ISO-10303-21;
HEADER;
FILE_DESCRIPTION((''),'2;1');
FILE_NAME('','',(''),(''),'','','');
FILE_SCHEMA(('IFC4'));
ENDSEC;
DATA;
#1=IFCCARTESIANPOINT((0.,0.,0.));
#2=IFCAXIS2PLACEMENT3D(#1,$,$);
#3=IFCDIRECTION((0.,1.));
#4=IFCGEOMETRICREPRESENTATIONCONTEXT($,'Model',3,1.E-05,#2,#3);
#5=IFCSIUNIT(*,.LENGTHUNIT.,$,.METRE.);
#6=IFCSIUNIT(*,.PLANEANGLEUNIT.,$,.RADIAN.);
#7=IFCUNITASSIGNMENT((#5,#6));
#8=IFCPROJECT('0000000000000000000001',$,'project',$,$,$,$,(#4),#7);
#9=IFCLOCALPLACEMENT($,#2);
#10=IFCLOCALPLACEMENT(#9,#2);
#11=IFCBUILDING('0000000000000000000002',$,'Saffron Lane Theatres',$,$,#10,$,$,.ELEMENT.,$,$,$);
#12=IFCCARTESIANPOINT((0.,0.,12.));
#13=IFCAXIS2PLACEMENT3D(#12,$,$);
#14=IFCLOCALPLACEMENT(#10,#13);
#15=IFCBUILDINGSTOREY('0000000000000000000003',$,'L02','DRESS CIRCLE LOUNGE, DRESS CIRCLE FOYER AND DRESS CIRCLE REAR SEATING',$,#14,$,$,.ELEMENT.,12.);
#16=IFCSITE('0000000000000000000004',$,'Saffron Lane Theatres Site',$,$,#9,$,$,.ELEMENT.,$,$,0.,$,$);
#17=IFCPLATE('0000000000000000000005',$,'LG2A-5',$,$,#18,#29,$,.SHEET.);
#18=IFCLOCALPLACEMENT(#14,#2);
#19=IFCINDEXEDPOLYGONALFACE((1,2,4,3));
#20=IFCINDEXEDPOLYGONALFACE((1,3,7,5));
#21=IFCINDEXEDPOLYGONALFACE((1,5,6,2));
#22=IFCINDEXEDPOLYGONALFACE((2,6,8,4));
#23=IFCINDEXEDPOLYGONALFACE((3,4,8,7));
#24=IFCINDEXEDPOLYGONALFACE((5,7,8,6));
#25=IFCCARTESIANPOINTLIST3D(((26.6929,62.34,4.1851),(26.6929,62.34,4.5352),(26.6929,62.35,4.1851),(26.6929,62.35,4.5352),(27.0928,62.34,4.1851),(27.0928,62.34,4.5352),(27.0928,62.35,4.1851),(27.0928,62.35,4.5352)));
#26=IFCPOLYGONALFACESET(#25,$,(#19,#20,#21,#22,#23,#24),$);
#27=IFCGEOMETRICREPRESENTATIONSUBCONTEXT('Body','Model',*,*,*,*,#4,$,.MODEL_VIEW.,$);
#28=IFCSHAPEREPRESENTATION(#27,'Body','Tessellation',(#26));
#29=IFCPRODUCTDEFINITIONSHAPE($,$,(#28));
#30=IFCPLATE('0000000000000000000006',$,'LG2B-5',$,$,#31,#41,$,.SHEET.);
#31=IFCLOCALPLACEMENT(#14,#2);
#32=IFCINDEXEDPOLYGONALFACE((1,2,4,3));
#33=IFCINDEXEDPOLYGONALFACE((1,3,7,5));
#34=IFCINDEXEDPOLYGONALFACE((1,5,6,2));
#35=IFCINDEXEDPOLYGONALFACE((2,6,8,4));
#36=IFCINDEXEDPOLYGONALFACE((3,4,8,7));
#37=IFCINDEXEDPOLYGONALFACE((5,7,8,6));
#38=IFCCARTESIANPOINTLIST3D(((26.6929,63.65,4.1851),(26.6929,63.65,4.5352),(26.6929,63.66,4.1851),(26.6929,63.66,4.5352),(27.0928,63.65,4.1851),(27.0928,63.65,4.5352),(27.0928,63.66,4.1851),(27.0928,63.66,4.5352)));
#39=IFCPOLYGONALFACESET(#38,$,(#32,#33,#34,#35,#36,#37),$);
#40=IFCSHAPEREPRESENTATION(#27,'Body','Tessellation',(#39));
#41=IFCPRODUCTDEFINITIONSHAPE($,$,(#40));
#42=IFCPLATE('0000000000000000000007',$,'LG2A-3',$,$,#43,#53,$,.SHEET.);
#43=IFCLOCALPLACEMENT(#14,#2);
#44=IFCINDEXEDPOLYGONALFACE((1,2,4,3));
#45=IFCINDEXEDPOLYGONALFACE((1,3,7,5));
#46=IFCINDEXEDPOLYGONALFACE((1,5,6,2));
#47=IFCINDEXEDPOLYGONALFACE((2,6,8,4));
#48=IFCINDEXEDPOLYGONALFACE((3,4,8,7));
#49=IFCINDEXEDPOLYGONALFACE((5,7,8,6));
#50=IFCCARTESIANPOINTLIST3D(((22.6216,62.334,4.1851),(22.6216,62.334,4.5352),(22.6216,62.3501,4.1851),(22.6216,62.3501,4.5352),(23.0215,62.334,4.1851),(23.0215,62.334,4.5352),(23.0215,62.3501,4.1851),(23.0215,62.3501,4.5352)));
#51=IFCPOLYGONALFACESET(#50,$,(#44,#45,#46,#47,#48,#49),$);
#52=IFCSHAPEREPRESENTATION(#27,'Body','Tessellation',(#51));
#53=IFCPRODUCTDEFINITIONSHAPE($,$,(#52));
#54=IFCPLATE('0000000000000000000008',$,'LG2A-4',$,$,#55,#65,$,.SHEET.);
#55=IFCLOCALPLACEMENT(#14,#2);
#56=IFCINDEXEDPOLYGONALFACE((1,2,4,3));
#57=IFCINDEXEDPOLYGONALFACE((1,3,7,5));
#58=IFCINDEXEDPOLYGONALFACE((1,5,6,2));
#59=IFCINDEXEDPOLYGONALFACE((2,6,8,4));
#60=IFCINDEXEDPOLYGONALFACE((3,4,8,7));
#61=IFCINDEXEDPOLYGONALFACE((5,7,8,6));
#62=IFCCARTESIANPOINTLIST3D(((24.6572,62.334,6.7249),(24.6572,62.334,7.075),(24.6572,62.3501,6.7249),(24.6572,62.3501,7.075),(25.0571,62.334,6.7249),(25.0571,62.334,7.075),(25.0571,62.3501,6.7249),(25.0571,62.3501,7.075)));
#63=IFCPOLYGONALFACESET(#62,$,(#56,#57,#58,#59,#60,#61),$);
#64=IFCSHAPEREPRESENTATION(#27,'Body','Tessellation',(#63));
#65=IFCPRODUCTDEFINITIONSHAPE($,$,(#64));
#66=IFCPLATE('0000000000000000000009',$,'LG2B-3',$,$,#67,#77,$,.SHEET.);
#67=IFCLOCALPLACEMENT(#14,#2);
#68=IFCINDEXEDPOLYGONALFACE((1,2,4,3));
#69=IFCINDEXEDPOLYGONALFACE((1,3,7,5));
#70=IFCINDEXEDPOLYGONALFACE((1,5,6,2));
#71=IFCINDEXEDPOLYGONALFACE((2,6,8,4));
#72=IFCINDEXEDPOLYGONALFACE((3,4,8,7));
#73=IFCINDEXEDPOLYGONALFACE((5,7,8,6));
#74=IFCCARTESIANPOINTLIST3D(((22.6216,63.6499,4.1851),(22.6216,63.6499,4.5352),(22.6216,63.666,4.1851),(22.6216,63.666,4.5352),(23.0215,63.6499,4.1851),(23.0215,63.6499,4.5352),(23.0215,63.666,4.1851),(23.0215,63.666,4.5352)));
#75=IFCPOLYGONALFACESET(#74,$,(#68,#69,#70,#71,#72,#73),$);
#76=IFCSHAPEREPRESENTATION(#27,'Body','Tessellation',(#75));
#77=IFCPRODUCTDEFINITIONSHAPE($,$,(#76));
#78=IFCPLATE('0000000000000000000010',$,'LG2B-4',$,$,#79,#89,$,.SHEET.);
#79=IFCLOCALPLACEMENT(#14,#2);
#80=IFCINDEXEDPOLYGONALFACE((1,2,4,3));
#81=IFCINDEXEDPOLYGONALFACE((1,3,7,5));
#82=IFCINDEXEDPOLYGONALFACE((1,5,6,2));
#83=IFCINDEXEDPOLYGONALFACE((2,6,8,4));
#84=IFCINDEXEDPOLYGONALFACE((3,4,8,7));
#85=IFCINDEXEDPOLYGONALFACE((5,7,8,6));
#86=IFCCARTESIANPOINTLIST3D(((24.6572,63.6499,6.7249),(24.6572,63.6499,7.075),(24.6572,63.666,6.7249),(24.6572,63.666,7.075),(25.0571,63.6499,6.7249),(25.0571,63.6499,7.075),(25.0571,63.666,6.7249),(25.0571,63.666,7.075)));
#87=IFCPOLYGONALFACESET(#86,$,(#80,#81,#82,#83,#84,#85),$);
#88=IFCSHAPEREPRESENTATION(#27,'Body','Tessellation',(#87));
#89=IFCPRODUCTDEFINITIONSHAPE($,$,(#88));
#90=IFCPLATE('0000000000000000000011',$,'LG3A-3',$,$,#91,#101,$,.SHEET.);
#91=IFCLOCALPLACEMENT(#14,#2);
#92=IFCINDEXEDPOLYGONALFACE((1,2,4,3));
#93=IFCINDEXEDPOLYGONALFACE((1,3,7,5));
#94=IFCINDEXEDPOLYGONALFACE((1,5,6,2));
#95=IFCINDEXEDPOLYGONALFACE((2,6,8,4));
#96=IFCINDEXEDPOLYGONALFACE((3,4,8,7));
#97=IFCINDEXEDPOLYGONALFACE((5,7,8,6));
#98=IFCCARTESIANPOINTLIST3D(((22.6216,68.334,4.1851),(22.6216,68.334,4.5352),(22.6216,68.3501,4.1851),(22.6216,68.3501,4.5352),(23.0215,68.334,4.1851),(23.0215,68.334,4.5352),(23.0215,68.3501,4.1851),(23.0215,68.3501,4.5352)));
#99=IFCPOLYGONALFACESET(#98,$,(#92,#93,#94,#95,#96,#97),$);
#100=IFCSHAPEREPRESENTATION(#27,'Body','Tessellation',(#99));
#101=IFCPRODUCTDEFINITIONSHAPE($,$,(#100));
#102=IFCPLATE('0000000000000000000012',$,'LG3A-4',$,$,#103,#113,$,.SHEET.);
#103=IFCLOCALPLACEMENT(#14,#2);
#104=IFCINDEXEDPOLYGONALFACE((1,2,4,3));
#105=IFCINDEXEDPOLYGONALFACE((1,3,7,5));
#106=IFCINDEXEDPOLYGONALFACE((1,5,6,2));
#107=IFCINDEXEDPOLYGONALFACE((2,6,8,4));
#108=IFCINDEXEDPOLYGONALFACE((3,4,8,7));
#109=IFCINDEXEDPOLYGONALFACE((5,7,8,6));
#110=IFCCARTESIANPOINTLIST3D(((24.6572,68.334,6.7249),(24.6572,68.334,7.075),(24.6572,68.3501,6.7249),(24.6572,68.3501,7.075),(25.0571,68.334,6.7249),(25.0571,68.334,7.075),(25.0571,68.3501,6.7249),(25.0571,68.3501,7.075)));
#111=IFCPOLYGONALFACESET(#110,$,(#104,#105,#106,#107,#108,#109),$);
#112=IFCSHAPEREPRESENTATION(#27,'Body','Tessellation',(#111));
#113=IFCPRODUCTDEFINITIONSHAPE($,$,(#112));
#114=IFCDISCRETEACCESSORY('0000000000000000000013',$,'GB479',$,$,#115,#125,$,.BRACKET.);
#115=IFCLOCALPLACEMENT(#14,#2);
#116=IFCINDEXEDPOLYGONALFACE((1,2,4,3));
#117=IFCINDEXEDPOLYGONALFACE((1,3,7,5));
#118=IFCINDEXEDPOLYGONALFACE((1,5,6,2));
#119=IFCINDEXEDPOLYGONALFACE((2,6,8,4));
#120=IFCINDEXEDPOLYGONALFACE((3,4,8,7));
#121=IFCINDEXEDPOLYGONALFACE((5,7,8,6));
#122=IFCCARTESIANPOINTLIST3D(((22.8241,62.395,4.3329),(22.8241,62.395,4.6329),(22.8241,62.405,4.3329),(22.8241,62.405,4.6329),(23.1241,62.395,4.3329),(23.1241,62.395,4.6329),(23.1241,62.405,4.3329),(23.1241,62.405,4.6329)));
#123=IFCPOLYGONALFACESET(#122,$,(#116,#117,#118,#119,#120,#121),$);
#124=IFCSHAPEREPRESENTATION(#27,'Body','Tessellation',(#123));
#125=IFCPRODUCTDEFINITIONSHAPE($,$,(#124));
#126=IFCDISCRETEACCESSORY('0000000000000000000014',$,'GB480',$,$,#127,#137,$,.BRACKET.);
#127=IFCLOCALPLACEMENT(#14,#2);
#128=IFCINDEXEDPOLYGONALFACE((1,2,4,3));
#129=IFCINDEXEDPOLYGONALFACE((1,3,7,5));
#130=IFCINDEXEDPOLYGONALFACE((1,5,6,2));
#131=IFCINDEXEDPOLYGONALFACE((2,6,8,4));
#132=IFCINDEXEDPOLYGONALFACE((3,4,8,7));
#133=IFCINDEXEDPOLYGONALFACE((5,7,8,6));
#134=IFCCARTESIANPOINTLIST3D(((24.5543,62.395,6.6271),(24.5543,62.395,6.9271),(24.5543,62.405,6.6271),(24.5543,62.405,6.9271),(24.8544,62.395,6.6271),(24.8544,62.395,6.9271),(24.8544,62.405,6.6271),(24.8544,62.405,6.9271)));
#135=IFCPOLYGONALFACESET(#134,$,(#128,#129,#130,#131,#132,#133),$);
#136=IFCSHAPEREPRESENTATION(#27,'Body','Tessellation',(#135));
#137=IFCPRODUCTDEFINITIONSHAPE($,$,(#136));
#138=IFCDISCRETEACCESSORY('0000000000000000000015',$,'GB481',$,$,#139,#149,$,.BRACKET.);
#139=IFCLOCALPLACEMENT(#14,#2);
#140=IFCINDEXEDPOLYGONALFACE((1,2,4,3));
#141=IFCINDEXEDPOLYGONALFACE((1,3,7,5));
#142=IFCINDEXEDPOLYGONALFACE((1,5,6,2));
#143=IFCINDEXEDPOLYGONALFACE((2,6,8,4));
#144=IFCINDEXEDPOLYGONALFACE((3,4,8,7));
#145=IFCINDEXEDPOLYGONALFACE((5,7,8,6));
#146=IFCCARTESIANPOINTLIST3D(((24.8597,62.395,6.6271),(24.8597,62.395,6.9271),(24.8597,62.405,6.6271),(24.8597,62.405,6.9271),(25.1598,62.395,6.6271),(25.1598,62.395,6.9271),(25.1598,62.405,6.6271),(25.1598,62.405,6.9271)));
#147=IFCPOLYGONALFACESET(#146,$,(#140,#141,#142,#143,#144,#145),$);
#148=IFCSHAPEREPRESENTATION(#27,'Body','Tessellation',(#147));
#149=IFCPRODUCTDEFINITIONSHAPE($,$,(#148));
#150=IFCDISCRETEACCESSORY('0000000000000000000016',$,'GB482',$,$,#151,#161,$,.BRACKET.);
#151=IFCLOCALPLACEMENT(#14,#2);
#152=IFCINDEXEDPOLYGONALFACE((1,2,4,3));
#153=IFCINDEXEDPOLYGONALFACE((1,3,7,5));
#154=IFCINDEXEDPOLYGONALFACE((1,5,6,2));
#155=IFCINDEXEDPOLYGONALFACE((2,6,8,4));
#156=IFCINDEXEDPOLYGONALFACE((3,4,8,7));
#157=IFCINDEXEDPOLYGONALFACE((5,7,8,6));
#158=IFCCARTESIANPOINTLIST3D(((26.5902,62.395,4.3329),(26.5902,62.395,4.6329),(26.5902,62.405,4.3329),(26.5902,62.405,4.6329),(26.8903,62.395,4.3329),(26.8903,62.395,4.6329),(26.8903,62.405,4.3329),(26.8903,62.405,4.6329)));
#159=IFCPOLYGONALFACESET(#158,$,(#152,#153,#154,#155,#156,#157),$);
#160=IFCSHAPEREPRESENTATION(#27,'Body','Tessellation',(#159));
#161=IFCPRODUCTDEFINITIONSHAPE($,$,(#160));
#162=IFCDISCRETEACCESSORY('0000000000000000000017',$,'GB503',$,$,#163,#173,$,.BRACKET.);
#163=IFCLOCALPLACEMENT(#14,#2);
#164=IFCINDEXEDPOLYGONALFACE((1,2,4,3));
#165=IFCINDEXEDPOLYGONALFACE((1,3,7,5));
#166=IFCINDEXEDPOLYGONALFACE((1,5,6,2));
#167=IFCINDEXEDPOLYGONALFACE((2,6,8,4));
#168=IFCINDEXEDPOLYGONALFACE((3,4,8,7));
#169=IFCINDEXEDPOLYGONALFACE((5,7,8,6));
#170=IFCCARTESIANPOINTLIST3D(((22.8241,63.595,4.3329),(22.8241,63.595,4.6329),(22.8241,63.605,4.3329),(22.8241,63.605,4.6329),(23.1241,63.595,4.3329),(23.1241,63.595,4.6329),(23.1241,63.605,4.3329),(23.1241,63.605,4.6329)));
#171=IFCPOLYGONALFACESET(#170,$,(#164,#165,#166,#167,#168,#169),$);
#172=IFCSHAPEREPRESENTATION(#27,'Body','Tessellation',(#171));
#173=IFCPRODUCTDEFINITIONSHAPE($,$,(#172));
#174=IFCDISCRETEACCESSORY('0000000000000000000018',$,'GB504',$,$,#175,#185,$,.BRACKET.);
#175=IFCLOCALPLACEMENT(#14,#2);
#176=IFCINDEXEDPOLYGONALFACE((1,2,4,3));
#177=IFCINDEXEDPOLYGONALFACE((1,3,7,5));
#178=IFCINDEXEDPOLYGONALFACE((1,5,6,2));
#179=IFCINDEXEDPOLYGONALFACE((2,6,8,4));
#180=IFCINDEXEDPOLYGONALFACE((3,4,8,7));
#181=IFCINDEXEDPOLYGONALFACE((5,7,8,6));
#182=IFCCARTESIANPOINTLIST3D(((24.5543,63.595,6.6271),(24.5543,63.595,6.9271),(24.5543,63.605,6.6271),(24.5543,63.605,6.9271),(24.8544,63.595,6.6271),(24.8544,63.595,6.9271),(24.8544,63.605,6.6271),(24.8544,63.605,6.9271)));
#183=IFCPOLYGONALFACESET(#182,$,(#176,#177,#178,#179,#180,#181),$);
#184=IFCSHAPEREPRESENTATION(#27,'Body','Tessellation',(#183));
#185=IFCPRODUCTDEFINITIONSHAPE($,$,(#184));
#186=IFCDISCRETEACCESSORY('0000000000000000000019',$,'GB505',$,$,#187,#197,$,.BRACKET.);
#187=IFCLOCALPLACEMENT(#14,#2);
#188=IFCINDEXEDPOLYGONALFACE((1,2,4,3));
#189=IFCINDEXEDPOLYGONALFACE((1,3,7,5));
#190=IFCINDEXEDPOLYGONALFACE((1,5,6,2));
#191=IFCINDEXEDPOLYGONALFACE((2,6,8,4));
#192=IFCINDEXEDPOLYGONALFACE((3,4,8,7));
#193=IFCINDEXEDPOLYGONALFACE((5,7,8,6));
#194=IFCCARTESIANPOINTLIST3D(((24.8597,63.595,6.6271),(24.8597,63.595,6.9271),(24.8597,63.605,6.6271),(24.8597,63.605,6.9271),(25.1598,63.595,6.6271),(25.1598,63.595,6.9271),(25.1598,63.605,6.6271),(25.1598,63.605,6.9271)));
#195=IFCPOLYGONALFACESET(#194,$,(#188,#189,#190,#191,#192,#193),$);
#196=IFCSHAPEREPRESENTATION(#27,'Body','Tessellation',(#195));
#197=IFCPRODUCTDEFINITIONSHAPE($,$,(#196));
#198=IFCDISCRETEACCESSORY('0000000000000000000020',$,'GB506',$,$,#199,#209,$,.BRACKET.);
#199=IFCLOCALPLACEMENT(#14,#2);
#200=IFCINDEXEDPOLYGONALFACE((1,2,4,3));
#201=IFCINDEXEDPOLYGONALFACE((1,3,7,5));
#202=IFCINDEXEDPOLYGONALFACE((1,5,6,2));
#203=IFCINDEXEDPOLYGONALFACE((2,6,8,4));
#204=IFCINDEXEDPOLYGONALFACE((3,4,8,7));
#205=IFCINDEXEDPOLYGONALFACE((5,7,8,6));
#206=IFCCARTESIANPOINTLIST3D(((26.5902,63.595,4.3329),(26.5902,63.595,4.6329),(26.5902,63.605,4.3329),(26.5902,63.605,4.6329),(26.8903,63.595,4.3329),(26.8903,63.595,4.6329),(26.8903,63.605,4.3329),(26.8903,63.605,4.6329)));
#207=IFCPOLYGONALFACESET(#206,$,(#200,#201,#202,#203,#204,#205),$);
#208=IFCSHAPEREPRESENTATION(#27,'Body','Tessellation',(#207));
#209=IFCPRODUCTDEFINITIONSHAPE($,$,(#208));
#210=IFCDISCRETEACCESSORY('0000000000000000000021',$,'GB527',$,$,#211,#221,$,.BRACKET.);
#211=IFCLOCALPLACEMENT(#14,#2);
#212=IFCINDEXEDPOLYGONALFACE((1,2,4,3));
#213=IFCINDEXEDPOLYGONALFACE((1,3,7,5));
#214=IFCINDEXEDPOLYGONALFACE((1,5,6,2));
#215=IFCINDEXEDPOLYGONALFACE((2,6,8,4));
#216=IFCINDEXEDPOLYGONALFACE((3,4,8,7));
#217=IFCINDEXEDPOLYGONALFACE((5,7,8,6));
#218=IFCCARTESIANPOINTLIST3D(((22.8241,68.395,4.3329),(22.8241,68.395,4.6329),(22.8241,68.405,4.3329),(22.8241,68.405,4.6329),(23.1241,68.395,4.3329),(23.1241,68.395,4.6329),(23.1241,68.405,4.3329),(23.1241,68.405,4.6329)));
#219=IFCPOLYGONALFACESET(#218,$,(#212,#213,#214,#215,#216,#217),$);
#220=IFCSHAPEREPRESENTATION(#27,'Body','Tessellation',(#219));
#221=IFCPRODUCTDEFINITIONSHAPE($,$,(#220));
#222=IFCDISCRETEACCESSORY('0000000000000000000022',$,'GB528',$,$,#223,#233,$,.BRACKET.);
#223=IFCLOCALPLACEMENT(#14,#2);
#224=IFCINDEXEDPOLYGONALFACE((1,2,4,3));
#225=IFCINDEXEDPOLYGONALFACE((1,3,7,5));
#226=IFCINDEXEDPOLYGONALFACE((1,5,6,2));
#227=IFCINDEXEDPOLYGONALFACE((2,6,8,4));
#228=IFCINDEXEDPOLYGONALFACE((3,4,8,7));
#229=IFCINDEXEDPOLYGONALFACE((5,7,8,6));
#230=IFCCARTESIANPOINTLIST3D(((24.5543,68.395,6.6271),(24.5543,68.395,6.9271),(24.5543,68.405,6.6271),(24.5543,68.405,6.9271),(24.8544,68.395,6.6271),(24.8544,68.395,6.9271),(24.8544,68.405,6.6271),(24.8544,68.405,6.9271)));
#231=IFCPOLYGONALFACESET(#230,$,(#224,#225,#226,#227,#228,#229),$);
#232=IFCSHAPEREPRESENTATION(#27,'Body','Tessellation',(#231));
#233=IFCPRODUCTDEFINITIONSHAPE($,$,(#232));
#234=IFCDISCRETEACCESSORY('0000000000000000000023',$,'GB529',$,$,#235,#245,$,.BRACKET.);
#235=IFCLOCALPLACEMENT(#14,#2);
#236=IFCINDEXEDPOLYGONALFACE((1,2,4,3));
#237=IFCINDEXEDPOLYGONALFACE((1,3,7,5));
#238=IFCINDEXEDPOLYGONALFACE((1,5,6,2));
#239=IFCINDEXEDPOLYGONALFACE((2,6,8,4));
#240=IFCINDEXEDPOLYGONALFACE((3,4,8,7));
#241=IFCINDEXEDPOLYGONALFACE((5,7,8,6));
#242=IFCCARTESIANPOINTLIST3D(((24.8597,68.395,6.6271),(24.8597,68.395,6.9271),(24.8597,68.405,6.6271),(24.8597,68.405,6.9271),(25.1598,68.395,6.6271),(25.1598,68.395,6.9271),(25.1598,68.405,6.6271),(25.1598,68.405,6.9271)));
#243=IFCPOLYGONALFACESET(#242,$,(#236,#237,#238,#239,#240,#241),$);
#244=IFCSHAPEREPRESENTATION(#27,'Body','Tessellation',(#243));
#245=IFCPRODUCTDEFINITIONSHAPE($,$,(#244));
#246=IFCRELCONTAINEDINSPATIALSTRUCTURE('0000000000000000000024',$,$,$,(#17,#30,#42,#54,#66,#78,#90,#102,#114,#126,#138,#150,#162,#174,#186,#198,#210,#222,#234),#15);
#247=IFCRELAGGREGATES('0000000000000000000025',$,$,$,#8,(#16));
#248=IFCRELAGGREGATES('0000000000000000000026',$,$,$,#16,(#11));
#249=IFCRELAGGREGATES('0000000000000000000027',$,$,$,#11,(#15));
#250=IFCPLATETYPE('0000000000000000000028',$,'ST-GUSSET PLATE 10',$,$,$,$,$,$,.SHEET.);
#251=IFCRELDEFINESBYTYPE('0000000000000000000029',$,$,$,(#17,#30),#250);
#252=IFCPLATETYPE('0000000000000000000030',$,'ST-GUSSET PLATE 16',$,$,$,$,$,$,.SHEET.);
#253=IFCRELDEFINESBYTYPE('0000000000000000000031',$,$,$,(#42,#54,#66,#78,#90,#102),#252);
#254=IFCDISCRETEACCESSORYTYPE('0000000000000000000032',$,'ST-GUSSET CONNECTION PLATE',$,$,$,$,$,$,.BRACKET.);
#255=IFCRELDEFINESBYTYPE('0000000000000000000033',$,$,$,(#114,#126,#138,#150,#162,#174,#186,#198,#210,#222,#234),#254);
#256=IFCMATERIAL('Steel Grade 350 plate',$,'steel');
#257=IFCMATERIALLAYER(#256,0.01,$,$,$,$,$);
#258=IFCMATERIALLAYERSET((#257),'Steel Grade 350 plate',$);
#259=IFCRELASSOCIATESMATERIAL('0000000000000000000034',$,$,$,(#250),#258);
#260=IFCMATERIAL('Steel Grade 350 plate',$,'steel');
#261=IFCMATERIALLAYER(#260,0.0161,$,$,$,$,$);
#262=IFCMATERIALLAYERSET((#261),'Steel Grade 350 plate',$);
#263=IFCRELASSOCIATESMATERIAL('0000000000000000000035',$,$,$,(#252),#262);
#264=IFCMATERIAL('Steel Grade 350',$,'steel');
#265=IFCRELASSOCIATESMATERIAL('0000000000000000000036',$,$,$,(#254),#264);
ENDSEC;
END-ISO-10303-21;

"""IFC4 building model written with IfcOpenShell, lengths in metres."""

from ifc_helpers import new_model, si_unit, direction, frame, origin, origin_2d, place, context, subcontext, project, spatial, rectangle, extrude, material, layer, layer_set, material_profile, profile_set, type_object, element, save


model = new_model("IFC4")

# Units and contexts
model_context = context("Model", 3, precision=1e-05, world=origin(), true_north=direction((0.0, 1.0)))
body_context = subcontext(model_context, "Body", "Model", "MODEL_VIEW")
ifc_project = project(units=[si_unit("LENGTHUNIT", "METRE"), si_unit("PLANEANGLEUNIT", "RADIAN")], contexts=[model_context])

# Site, building, storey
site_placement = place(None, origin())
site = spatial("IfcSite", under=ifc_project, at=site_placement, Name="Saffron Lane Theatres Site", CompositionType="ELEMENT", RefElevation=0.0)
building_placement = place(site_placement, origin())
building = spatial("IfcBuilding", under=site, at=building_placement, Name="Saffron Lane Theatres", CompositionType="ELEMENT")
storey_placement = place(building_placement, frame((0.0, 0.0, 12.0)))
storey = spatial("IfcBuildingStorey", under=building, at=storey_placement, Name="L02", Description="DRESS CIRCLE LOUNGE, DRESS CIRCLE FOYER AND DRESS CIRCLE REAR SEATING", CompositionType="ELEMENT", Elevation=12.0)

# Plates
ifc_material_1 = material(Name="Steel Grade 350 plate", Category="steel")
ifc_layer_1 = layer(ifc_material_1, 0.01)
ifc_layer_set_1 = layer_set([ifc_layer_1], Name="Steel Grade 350 plate")
plate_type_1 = type_object("IfcPlateType", Name="ST-GUSSET PLATE 10", PredefinedType="SHEET", material=ifc_layer_set_1)
for number, where, z_axis, x_axis, name in (
    (1, (26.8928, 62.345, 4.1851), (0.0, 0.0, 1.0), (1.0, 0.0, 0.0), "LG2A-5"),
    (2, (26.8928, 63.655, 4.1851), (0.0, 0.0, 1.0), (1.0, 0.0, 0.0), "LG2B-5"),
):
    element("IfcPlate", number, at=place(storey_placement, frame(where, z_axis=z_axis, x_axis=x_axis)), inside=storey, type_object=plate_type_1, Name=name, PredefinedType="SHEET", context=body_context, shape_type="SweptSolid", body=[
        extrude(rectangle(XDim=0.3999, YDim=0.01, at=origin_2d()), origin(), (0.0, 0.0, 1.0), 0.3501),
    ])
ifc_material_2 = material(Name="Steel Grade 350 plate", Category="steel")
ifc_layer_2 = layer(ifc_material_2, 0.0161)
ifc_layer_set_2 = layer_set([ifc_layer_2], Name="Steel Grade 350 plate")
plate_type_2 = type_object("IfcPlateType", Name="ST-GUSSET PLATE 16", PredefinedType="SHEET", material=ifc_layer_set_2)
for number, where, z_axis, x_axis, name in (
    (3, (22.8215, 62.342, 4.1851), (0.0, 0.0, 1.0), (1.0, 0.0, 0.0), "LG2A-3"),
    (4, (24.8572, 62.342, 6.7249), (0.0, 0.0, 1.0), (1.0, 0.0, 0.0), "LG2A-4"),
    (5, (22.8215, 63.658, 4.1851), (0.0, 0.0, 1.0), (1.0, 0.0, 0.0), "LG2B-3"),
    (6, (24.8572, 63.658, 6.7249), (0.0, 0.0, 1.0), (1.0, 0.0, 0.0), "LG2B-4"),
    (7, (22.8215, 68.342, 4.1851), (0.0, 0.0, 1.0), (1.0, 0.0, 0.0), "LG3A-3"),
    (8, (24.8572, 68.342, 6.7249), (0.0, 0.0, 1.0), (1.0, 0.0, 0.0), "LG3A-4"),
):
    element("IfcPlate", number, at=place(storey_placement, frame(where, z_axis=z_axis, x_axis=x_axis)), inside=storey, type_object=plate_type_2, Name=name, PredefinedType="SHEET", context=body_context, shape_type="SweptSolid", body=[
        extrude(rectangle(XDim=0.3999, YDim=0.0161, at=origin_2d()), origin(), (0.0, 0.0, 1.0), 0.3501),
    ])

# Discrete accessories
ifc_material_3 = material(Name="Steel Grade 350", Category="steel")
ifc_material_profile_1 = material_profile(ifc_material_3, rectangle(XDim=0.3, YDim=0.3, at=origin_2d()))
ifc_profile_set_1 = profile_set([ifc_material_profile_1], Name="Steel Grade 350")
discrete_accessory_type = type_object("IfcDiscreteAccessoryType", Name="ST-GUSSET CONNECTION PLATE", PredefinedType="BRACKET", material=ifc_profile_set_1)
for number, where, z_axis, x_axis, name in (
    (9, (22.9741, 62.395, 4.4829), (0.0, 1.0, 0.0), (-1.0, 0.0, 0.0), "GB479"),
    (10, (24.7043, 62.395, 6.7771), (0.0, 1.0, 0.0), (-1.0, 0.0, 0.0), "GB480"),
    (11, (25.0098, 62.395, 6.7771), (0.0, 1.0, 0.0), (-1.0, 0.0, 0.0), "GB481"),
    (12, (26.7402, 62.395, 4.4829), (0.0, 1.0, 0.0), (-1.0, 0.0, 0.0), "GB482"),
    (13, (22.9741, 63.595, 4.4829), (0.0, 1.0, 0.0), (-1.0, 0.0, 0.0), "GB503"),
    (14, (24.7043, 63.595, 6.7771), (0.0, 1.0, 0.0), (-1.0, 0.0, 0.0), "GB504"),
    (15, (25.0098, 63.595, 6.7771), (0.0, 1.0, 0.0), (-1.0, 0.0, 0.0), "GB505"),
    (16, (26.7402, 63.595, 4.4829), (0.0, 1.0, 0.0), (-1.0, 0.0, 0.0), "GB506"),
    (17, (22.9741, 68.395, 4.4829), (0.0, 1.0, 0.0), (-1.0, 0.0, 0.0), "GB527"),
    (18, (24.7043, 68.395, 6.7771), (0.0, 1.0, 0.0), (-1.0, 0.0, 0.0), "GB528"),
    (19, (25.0098, 68.395, 6.7771), (0.0, 1.0, 0.0), (-1.0, 0.0, 0.0), "GB529"),
):
    element("IfcDiscreteAccessory", number, at=place(storey_placement, frame(where, z_axis=z_axis, x_axis=x_axis)), inside=storey, type_object=discrete_accessory_type, Name=name, PredefinedType="BRACKET", context=body_context, shape_type="SweptSolid", body=[
        extrude(rectangle(XDim=0.3, YDim=0.3, at=origin_2d()), origin(), (0.0, 0.0, 1.0), 0.01),
    ])

save(model, "model.ifc")
